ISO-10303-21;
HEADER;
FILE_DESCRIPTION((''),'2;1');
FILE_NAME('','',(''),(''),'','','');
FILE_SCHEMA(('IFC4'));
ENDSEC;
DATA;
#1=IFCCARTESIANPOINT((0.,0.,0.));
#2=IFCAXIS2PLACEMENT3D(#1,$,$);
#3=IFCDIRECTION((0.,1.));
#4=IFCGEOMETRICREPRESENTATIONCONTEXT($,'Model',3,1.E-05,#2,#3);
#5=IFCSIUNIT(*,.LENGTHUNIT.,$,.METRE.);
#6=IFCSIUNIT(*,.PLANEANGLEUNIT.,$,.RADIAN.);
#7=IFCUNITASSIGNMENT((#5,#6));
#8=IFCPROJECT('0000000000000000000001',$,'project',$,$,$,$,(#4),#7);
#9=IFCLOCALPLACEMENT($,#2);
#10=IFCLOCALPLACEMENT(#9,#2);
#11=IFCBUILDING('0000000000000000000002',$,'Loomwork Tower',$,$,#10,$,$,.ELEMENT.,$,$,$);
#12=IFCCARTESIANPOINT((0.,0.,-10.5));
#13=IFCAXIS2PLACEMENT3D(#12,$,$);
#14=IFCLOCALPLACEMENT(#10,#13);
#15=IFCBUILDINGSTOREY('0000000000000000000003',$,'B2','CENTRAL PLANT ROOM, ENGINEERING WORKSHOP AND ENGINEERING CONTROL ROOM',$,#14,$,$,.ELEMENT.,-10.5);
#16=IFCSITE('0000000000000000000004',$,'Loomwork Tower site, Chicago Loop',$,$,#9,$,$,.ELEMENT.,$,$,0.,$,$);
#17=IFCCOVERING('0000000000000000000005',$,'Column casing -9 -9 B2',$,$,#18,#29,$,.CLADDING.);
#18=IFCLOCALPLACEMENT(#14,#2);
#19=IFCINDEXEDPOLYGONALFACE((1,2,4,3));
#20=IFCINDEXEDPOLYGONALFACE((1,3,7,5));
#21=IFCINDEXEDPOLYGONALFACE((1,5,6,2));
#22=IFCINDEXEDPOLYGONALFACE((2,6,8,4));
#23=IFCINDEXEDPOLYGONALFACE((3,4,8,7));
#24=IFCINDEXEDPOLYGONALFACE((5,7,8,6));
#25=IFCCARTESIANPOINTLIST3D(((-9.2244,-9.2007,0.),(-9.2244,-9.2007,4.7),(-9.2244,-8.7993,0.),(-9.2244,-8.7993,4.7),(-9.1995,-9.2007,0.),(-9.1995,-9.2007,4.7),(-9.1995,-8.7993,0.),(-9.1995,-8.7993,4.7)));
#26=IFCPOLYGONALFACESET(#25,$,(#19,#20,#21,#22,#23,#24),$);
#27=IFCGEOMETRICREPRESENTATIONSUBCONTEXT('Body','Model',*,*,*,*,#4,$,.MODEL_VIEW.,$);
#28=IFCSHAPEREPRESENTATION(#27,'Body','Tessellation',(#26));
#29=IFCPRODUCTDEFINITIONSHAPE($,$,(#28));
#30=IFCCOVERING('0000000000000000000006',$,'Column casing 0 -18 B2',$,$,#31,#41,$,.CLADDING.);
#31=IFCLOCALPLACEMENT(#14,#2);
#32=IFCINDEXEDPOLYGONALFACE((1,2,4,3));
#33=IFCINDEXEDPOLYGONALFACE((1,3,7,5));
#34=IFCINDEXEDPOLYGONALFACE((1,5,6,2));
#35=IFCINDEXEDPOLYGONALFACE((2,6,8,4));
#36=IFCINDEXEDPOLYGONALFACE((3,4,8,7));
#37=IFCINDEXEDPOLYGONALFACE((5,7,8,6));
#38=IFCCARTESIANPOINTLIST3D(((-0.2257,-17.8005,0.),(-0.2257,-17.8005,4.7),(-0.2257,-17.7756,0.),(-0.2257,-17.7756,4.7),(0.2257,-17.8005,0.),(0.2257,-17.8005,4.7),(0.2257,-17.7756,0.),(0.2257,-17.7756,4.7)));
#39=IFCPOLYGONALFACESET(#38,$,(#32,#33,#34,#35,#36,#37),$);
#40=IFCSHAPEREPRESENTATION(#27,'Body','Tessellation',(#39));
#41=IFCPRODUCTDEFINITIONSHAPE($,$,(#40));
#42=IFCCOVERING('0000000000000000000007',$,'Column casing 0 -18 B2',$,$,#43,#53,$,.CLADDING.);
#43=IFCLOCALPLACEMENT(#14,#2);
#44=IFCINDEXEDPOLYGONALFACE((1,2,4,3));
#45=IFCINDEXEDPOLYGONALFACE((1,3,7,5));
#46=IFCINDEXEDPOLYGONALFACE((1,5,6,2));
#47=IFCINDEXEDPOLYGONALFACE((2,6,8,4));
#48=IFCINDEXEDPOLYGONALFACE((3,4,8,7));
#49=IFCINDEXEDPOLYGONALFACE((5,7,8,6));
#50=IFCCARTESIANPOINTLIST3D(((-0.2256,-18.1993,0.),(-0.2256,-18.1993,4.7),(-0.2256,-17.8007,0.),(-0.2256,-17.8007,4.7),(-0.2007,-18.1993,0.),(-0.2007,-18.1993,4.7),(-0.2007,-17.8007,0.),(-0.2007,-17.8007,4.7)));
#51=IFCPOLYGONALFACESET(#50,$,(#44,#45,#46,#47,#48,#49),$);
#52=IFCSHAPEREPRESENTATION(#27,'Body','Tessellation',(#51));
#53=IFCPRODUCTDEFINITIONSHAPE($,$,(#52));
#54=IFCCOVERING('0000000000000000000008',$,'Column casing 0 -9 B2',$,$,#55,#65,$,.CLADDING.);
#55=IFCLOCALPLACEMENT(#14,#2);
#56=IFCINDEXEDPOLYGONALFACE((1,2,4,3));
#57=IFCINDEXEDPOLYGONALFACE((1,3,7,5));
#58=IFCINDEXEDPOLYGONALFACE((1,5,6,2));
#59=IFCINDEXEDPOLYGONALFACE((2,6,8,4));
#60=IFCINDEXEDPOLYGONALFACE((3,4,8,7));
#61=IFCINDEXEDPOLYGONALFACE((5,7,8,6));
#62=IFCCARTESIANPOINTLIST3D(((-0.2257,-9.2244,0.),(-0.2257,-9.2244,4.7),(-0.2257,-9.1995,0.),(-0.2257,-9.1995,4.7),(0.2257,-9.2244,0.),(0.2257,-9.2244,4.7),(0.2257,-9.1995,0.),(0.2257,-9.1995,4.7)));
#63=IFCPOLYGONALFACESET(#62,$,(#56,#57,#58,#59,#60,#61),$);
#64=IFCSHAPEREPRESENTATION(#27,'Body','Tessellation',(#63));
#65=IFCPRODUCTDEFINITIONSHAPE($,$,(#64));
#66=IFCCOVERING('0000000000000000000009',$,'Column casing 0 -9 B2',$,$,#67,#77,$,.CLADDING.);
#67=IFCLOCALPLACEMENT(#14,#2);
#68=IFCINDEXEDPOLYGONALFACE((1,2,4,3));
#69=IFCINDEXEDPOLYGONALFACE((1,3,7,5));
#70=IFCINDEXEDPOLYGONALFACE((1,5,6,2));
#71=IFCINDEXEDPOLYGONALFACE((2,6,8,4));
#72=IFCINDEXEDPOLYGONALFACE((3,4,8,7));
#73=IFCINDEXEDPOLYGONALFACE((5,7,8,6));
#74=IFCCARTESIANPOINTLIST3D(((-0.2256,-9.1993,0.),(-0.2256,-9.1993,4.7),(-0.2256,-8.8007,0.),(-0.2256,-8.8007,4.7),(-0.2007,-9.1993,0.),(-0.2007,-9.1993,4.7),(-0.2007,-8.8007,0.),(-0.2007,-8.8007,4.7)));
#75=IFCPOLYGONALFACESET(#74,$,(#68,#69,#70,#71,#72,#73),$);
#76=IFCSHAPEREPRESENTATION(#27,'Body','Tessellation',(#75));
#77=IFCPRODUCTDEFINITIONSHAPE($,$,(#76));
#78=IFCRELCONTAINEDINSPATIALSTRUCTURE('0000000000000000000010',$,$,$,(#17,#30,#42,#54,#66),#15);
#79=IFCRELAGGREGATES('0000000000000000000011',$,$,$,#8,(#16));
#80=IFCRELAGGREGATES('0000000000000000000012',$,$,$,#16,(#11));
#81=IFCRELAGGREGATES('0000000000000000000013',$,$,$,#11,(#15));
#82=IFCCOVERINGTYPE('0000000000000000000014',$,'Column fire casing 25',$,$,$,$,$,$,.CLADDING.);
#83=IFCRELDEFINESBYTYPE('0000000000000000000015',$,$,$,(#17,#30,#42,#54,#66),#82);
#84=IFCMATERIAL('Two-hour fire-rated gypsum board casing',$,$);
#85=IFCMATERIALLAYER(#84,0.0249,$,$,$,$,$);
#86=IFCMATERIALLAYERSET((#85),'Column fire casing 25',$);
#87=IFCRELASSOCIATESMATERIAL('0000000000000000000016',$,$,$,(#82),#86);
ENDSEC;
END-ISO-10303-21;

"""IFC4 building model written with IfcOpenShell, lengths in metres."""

from ifc_helpers import new_model, si_unit, direction, frame, origin, origin_2d, place, context, subcontext, project, spatial, rectangle, extrude, material, layer, layer_set, type_object, element, save


model = new_model("IFC4")

# Units and contexts
model_context = context("Model", 3, precision=1e-05, world=origin(), true_north=direction((0.0, 1.0)))
body_context = subcontext(model_context, "Body", "Model", "MODEL_VIEW")
ifc_project = project(units=[si_unit("LENGTHUNIT", "METRE"), si_unit("PLANEANGLEUNIT", "RADIAN")], contexts=[model_context])

# Site, building, storey
site_placement = place(None, origin())
site = spatial("IfcSite", under=ifc_project, at=site_placement, Name="Loomwork Tower site, Chicago Loop", CompositionType="ELEMENT", RefElevation=0.0)
building_placement = place(site_placement, origin())
building = spatial("IfcBuilding", under=site, at=building_placement, Name="Loomwork Tower", CompositionType="ELEMENT")
storey_placement = place(building_placement, frame((0.0, 0.0, -10.5)))
storey = spatial("IfcBuildingStorey", under=building, at=storey_placement, Name="B2", Description="CENTRAL PLANT ROOM, ENGINEERING WORKSHOP AND ENGINEERING CONTROL ROOM", CompositionType="ELEMENT", Elevation=-10.5)

# Coverings
ifc_material_1 = material(Name="Two-hour fire-rated gypsum board casing")
ifc_layer_1 = layer(ifc_material_1, 0.0249)
ifc_layer_set_1 = layer_set([ifc_layer_1], Name="Column fire casing 25")
covering_type = type_object("IfcCoveringType", Name="Column fire casing 25", PredefinedType="CLADDING", material=ifc_layer_set_1)
for number, where, z_axis, x_axis, name in (
    (1, (-9.2119, -9.0, 0.0), (0.0, 0.0, 1.0), (1.0, 0.0, 0.0), "Column casing -9 -9 B2"),
):
    element("IfcCovering", number, at=place(storey_placement, frame(where, z_axis=z_axis, x_axis=x_axis)), inside=storey, type_object=covering_type, Name=name, PredefinedType="CLADDING", context=body_context, shape_type="SweptSolid", body=[
        extrude(rectangle(XDim=0.0249, YDim=0.4014, at=origin_2d()), origin(), (0.0, 0.0, 1.0), 4.7),
    ])
covering_1_placement = place(storey_placement, frame((0.0, -17.7881, 0.0), z_axis=(0.0, 0.0, 1.0), x_axis=(1.0, 0.0, 0.0)))
element("IfcCovering", 2, at=covering_1_placement, inside=storey, type_object=covering_type, Name="Column casing 0 -18 B2", PredefinedType="CLADDING", context=body_context, shape_type="SweptSolid", body=[
    extrude(rectangle(XDim=0.4514, YDim=0.0249, at=origin_2d()), origin(), (0.0, 0.0, 1.0), 4.7),
])
covering_2_placement = place(storey_placement, frame((-0.2131, -18.0, 0.0), z_axis=(0.0, 0.0, 1.0), x_axis=(1.0, 0.0, 0.0)))
element("IfcCovering", 3, at=covering_2_placement, inside=storey, type_object=covering_type, Name="Column casing 0 -18 B2", PredefinedType="CLADDING", context=body_context, shape_type="SweptSolid", body=[
    extrude(rectangle(XDim=0.0249, YDim=0.3987, at=origin_2d()), origin(), (0.0, 0.0, 1.0), 4.7),
])
covering_3_placement = place(storey_placement, frame((0.0, -9.2119, 0.0), z_axis=(0.0, 0.0, 1.0), x_axis=(1.0, 0.0, 0.0)))
element("IfcCovering", 4, at=covering_3_placement, inside=storey, type_object=covering_type, Name="Column casing 0 -9 B2", PredefinedType="CLADDING", context=body_context, shape_type="SweptSolid", body=[
    extrude(rectangle(XDim=0.4514, YDim=0.0249, at=origin_2d()), origin(), (0.0, 0.0, 1.0), 4.7),
])
covering_4_placement = place(storey_placement, frame((-0.2131, -9.0, 0.0), z_axis=(0.0, 0.0, 1.0), x_axis=(1.0, 0.0, 0.0)))
element("IfcCovering", 5, at=covering_4_placement, inside=storey, type_object=covering_type, Name="Column casing 0 -9 B2", PredefinedType="CLADDING", context=body_context, shape_type="SweptSolid", body=[
    extrude(rectangle(XDim=0.0249, YDim=0.3987, at=origin_2d()), origin(), (0.0, 0.0, 1.0), 4.7),
])

save(model, "model.ifc")
